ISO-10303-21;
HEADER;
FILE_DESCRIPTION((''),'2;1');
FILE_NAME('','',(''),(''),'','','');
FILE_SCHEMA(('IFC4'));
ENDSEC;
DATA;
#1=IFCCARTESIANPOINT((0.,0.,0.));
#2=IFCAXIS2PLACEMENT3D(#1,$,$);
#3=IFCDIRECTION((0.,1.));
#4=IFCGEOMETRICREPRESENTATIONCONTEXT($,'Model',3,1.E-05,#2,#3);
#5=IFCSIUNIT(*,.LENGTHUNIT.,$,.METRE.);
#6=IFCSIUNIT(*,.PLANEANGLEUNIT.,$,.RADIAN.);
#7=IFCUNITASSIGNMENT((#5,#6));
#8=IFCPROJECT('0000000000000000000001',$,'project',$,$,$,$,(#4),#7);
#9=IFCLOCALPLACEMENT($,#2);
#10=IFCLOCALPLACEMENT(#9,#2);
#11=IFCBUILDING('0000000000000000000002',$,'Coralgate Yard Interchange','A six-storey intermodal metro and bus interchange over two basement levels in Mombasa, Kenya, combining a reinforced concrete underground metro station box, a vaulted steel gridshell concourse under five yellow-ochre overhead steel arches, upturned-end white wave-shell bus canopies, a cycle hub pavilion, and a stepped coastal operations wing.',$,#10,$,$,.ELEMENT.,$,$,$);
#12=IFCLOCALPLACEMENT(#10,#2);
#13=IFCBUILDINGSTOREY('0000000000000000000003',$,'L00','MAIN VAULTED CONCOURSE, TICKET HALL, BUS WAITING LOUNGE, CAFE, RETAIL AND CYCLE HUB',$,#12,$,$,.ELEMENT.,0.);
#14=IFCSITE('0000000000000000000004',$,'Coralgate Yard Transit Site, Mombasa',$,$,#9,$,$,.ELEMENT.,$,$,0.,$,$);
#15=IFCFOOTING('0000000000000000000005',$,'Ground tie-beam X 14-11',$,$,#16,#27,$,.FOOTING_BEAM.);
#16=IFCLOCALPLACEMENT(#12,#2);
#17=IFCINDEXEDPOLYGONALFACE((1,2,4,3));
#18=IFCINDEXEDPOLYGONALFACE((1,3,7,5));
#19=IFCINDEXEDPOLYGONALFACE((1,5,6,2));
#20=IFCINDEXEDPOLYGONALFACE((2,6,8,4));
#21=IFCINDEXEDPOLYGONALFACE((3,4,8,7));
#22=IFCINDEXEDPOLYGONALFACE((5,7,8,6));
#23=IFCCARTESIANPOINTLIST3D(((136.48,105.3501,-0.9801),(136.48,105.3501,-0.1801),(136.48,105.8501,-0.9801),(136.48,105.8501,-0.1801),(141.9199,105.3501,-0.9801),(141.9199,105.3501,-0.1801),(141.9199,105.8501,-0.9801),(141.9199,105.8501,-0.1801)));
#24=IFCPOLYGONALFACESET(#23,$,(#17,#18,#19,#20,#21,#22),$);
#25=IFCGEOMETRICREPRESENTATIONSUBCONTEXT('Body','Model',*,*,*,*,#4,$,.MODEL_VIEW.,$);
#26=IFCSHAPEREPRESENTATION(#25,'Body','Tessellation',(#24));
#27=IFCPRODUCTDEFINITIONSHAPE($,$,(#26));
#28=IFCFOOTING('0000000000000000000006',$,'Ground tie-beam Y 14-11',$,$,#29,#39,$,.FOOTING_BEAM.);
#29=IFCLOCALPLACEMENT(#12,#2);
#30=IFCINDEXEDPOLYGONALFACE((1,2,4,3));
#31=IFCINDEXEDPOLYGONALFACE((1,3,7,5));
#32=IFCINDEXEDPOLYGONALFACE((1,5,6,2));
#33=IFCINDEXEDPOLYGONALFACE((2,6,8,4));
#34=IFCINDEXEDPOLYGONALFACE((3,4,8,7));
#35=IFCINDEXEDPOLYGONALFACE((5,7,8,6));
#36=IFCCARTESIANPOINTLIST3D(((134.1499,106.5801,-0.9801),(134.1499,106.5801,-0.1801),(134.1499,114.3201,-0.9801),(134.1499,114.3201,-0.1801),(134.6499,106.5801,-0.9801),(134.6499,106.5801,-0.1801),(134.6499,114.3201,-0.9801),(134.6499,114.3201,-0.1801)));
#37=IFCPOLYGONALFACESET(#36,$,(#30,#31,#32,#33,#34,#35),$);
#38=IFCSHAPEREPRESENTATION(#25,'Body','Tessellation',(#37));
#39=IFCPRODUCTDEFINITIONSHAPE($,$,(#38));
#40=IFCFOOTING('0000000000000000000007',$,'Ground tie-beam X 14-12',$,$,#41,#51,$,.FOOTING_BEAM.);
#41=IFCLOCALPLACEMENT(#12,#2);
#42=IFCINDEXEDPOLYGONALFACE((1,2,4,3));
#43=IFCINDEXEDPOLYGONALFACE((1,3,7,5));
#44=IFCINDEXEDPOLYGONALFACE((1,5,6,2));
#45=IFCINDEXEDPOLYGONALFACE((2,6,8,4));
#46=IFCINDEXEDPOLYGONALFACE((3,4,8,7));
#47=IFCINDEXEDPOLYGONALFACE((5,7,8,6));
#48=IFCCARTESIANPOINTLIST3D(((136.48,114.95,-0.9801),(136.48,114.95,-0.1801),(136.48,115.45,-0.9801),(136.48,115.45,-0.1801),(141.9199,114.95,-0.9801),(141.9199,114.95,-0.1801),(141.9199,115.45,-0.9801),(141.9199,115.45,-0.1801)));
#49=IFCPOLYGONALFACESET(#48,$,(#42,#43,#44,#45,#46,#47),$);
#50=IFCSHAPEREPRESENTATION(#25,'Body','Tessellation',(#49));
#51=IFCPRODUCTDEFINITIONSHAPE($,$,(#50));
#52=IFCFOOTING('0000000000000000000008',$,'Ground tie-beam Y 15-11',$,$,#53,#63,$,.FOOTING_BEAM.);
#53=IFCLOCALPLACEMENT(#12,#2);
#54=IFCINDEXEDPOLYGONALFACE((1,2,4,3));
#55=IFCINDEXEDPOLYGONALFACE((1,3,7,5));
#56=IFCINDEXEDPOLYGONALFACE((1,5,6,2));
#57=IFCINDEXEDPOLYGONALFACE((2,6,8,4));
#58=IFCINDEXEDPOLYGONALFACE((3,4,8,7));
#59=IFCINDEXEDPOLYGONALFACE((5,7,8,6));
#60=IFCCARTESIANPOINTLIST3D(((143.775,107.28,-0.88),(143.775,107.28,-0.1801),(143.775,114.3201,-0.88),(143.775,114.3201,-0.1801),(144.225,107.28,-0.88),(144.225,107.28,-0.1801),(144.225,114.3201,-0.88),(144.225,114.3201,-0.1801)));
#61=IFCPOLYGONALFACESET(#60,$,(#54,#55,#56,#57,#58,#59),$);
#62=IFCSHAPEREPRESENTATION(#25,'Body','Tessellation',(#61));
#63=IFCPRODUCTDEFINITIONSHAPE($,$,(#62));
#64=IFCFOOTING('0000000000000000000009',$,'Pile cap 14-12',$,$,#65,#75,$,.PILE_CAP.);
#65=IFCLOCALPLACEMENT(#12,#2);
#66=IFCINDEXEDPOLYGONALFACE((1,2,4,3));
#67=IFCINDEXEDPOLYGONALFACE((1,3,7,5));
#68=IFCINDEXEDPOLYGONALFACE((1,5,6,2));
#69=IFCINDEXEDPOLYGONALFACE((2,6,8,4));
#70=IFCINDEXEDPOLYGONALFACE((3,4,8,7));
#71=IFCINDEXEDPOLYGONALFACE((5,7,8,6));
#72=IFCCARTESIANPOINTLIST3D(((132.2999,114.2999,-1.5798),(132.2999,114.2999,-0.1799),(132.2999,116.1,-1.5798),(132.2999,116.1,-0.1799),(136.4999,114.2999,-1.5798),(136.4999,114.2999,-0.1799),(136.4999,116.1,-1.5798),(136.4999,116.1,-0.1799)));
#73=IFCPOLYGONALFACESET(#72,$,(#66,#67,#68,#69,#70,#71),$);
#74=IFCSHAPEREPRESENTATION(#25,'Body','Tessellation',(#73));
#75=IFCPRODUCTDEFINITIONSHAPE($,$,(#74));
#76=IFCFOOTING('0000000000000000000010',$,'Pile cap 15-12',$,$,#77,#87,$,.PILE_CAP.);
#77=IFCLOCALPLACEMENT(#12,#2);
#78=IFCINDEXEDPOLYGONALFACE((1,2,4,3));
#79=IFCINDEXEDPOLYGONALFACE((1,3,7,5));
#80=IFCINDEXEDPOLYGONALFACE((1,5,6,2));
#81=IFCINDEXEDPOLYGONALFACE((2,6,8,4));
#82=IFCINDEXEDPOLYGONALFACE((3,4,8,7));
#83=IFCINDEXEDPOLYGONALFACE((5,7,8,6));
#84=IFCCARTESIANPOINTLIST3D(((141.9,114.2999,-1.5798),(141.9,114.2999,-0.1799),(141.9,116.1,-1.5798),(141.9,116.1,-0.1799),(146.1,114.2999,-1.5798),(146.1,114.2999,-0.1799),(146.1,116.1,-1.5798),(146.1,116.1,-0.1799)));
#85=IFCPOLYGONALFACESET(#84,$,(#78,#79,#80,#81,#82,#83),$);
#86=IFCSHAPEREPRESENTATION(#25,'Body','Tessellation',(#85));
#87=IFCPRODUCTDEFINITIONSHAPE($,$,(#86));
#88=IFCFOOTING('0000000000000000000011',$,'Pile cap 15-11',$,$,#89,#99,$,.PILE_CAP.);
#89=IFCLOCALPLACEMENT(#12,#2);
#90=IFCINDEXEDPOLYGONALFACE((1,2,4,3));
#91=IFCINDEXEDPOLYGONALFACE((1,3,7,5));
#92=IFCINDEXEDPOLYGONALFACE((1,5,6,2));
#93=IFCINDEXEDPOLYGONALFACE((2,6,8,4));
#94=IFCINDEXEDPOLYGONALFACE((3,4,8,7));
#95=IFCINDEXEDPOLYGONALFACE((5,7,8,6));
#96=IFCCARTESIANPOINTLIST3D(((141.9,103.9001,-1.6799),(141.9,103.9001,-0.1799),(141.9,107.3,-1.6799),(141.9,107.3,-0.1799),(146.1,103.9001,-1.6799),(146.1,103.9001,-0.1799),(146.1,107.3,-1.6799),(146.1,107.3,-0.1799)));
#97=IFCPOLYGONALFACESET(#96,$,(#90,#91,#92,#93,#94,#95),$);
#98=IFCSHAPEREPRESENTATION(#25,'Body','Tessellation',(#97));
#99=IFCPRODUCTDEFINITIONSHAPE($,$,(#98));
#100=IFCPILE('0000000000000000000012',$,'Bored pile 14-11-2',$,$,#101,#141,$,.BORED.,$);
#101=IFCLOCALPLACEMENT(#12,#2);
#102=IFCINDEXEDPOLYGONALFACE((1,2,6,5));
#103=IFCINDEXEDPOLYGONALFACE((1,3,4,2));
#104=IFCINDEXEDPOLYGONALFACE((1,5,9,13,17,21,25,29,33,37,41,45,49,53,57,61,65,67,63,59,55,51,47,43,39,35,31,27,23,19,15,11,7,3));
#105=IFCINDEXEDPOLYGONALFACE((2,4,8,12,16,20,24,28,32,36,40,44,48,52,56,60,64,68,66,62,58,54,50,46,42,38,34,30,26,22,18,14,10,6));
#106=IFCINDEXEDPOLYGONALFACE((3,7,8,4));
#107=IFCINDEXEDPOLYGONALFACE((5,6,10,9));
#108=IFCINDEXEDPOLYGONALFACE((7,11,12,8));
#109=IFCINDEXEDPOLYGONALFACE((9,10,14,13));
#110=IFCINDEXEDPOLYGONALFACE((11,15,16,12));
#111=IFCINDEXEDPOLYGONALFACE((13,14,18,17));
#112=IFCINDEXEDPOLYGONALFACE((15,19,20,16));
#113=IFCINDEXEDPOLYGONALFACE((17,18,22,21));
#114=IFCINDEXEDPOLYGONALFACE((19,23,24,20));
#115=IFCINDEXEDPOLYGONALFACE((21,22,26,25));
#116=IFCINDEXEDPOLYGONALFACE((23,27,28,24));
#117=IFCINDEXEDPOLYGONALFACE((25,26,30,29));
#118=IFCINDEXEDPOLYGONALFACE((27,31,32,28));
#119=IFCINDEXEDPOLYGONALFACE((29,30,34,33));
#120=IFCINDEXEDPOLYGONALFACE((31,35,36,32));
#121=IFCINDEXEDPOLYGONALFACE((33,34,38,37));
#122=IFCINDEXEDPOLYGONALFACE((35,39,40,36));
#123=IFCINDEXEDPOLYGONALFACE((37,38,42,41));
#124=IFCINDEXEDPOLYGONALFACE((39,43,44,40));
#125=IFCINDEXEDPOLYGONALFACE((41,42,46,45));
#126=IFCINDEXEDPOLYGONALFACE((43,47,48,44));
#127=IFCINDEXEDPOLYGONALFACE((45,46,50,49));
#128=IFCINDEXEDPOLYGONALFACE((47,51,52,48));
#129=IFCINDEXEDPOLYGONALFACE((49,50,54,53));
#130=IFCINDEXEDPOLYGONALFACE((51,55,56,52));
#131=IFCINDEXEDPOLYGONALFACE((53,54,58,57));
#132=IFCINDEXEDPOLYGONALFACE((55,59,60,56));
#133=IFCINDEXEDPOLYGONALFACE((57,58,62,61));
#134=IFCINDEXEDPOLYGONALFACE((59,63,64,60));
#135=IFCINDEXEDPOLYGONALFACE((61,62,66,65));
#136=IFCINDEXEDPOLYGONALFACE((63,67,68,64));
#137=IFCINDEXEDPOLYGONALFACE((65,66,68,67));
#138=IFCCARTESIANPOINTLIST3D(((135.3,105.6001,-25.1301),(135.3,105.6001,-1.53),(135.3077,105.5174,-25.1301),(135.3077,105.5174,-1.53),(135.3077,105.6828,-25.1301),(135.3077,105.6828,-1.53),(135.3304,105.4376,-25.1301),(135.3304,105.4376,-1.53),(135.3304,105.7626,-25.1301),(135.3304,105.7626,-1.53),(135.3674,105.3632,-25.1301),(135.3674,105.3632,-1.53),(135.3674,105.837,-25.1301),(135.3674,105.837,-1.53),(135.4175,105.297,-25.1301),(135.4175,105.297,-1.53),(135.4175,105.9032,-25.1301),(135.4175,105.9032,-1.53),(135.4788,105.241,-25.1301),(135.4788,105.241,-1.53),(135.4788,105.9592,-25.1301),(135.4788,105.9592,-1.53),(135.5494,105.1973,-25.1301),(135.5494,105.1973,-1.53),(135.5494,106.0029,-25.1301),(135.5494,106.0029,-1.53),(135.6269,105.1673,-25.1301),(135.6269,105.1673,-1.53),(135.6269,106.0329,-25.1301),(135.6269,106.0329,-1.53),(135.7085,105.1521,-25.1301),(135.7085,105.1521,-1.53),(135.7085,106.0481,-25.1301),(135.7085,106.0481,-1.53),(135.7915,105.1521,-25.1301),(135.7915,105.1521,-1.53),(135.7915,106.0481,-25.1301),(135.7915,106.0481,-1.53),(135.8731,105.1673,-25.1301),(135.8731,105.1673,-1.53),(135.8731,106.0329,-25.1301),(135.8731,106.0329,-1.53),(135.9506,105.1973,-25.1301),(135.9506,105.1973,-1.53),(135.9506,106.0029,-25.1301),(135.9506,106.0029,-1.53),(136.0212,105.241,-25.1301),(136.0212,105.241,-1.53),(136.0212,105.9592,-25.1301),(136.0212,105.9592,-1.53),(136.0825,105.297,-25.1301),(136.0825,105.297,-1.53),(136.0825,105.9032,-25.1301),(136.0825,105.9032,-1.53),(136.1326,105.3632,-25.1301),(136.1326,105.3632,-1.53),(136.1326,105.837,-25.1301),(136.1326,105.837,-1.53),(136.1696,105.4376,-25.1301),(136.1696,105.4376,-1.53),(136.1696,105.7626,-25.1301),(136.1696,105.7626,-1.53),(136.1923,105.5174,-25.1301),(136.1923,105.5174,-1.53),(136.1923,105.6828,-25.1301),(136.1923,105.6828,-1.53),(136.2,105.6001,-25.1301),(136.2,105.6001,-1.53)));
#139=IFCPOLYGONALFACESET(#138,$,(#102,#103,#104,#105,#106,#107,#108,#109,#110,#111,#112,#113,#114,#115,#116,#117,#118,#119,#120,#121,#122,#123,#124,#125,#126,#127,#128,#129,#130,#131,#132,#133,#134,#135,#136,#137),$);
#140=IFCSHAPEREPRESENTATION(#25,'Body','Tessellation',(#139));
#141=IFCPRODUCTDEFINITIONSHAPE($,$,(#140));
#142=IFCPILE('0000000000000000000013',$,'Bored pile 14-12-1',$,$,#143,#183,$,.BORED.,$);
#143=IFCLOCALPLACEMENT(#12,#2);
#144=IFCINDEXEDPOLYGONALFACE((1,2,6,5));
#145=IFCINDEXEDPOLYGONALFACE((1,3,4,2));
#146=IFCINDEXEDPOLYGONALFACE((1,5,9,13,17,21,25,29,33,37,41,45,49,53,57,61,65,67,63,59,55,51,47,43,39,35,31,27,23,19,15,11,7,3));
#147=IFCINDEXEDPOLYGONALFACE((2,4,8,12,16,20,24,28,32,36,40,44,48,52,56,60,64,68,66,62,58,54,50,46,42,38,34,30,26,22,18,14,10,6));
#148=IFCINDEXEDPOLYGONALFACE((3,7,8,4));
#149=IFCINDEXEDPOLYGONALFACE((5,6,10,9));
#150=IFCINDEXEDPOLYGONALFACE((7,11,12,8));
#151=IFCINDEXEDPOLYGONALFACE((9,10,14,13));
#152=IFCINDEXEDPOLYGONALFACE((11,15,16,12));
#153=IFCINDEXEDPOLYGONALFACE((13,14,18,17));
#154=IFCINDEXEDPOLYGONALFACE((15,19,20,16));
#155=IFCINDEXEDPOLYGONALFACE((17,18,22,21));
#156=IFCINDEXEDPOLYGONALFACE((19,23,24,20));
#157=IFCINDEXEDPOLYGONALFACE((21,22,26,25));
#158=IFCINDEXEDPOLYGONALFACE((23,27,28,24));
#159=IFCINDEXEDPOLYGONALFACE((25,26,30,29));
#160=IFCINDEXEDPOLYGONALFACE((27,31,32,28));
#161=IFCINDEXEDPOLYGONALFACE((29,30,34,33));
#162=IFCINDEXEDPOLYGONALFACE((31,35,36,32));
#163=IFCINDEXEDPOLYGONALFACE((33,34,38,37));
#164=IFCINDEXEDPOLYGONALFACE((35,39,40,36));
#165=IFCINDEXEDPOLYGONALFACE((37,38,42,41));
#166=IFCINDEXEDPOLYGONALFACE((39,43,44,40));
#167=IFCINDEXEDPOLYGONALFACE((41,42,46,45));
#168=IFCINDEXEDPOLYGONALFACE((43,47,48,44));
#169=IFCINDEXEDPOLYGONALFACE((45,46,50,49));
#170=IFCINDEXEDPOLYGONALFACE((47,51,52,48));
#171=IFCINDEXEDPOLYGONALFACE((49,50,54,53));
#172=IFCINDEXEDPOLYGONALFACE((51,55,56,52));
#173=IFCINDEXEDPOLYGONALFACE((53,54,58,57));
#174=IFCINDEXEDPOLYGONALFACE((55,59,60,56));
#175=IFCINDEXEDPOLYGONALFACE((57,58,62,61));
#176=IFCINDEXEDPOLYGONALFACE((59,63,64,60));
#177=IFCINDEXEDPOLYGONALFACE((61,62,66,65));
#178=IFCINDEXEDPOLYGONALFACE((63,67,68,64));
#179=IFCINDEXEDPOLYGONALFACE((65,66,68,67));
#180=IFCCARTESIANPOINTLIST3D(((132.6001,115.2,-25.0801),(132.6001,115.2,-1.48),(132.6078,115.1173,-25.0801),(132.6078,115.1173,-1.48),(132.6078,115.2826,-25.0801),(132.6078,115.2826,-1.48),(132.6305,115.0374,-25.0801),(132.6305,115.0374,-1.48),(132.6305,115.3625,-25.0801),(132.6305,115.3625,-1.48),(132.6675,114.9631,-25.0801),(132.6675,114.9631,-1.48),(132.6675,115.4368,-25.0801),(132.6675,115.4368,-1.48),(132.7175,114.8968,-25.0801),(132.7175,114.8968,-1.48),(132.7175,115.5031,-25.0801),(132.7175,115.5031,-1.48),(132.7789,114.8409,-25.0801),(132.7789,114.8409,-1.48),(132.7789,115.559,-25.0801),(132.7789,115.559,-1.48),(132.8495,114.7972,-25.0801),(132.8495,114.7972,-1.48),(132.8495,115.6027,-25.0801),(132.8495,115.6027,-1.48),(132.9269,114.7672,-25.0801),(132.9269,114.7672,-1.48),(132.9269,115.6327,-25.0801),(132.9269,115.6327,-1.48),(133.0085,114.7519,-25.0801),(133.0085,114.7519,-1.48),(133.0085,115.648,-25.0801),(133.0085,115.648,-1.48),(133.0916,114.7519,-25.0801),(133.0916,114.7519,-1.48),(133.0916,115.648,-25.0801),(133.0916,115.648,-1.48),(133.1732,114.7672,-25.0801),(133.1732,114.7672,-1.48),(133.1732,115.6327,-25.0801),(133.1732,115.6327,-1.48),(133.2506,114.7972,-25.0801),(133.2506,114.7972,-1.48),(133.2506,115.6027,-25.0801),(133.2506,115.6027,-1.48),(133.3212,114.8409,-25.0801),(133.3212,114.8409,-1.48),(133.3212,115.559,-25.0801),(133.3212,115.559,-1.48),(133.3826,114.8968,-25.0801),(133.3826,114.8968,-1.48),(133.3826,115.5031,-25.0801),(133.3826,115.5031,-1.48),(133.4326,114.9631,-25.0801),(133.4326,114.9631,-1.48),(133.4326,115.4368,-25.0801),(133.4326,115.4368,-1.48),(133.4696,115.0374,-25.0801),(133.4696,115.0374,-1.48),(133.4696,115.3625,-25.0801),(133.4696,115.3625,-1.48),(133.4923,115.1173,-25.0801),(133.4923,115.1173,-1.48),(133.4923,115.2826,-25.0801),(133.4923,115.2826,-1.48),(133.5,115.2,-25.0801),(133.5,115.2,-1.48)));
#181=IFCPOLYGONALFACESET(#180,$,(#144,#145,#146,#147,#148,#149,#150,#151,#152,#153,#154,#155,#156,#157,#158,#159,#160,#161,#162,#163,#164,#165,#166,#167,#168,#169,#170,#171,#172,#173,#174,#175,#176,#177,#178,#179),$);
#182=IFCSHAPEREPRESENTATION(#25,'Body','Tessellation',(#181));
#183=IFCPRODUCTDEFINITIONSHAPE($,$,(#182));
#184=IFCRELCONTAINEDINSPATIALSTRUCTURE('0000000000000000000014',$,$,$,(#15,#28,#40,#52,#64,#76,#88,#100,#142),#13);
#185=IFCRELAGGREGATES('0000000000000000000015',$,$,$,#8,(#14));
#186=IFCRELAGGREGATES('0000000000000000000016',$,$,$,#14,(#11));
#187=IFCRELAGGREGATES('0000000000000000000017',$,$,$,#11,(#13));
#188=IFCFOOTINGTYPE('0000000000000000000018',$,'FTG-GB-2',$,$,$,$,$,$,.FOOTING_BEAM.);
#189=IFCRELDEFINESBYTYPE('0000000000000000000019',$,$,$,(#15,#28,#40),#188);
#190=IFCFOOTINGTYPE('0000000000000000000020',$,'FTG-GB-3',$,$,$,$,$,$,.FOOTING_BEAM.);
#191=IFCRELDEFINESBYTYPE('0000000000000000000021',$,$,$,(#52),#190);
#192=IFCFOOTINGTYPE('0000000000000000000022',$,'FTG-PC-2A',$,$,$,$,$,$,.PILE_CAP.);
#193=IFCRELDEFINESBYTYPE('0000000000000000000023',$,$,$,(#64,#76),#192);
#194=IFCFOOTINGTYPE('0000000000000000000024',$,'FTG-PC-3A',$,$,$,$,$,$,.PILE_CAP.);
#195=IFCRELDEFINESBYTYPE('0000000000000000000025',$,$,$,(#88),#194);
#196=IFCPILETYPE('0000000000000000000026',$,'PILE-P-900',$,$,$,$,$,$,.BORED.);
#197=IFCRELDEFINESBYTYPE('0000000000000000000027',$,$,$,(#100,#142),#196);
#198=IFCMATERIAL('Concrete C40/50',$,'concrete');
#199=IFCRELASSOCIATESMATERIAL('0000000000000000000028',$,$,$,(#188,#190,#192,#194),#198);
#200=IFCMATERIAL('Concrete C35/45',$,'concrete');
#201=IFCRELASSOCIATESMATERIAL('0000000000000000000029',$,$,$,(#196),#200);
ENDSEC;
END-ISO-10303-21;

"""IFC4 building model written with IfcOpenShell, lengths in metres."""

from ifc_helpers import new_model, si_unit, direction, frame, origin, origin_2d, place, context, subcontext, project, spatial, rectangle, circle, extrude, material, material_profile, profile_set, type_object, element, save


model = new_model("IFC4")

# Units and contexts
model_context = context("Model", 3, precision=1e-05, world=origin(), true_north=direction((0.0, 1.0)))
body_context = subcontext(model_context, "Body", "Model", "MODEL_VIEW")
ifc_project = project(units=[si_unit("LENGTHUNIT", "METRE"), si_unit("PLANEANGLEUNIT", "RADIAN")], contexts=[model_context])

# Site, building, storey
site_placement = place(None, origin())
site = spatial("IfcSite", under=ifc_project, at=site_placement, Name="Coralgate Yard Transit Site, Mombasa", CompositionType="ELEMENT", RefElevation=0.0)
building_placement = place(site_placement, origin())
building = spatial("IfcBuilding", under=site, at=building_placement, Name="Coralgate Yard Interchange", Description="A six-storey intermodal metro and bus interchange over two basement levels in Mombasa, Kenya, combining a reinforced concrete underground metro station box, a vaulted steel gridshell concourse under five yellow-ochre overhead steel arches, upturned-end white wave-shell bus canopies, a cycle hub pavilion, and a stepped coastal operations wing.", CompositionType="ELEMENT")
storey_placement = place(building_placement, origin())
storey = spatial("IfcBuildingStorey", under=building, at=storey_placement, Name="L00", Description="MAIN VAULTED CONCOURSE, TICKET HALL, BUS WAITING LOUNGE, CAFE, RETAIL AND CYCLE HUB", CompositionType="ELEMENT", Elevation=0.0)

# Footings
ifc_material_1 = material(Name="Concrete C40/50", Category="concrete")
ifc_material_profile_1 = material_profile(ifc_material_1, rectangle(XDim=0.5, YDim=0.8, at=origin_2d()), Name="RC 500x800")
ifc_profile_set_1 = profile_set([ifc_material_profile_1], Name="Concrete C40/50")
footing_type_1 = type_object("IfcFootingType", Name="FTG-GB-2", PredefinedType="FOOTING_BEAM", material=ifc_profile_set_1)
footing_1_placement = place(storey_placement, frame((136.48, 105.6001, -0.5801), z_axis=(1.0, 0.0, 0.0), x_axis=(0.0, 1.0, 0.0)))
element("IfcFooting", 1, at=footing_1_placement, inside=storey, type_object=footing_type_1, Name="Ground tie-beam X 14-11", PredefinedType="FOOTING_BEAM", context=body_context, shape_type="SweptSolid", body=[
    extrude(rectangle(XDim=0.5, YDim=0.8, at=origin_2d()), origin(), (0.0, 0.0, 1.0), 5.4399),
])
footing_2_placement = place(storey_placement, frame((134.3999, 106.5801, -0.5801), z_axis=(0.0, 1.0, 0.0), x_axis=(-1.0, 0.0, 0.0)))
element("IfcFooting", 2, at=footing_2_placement, inside=storey, type_object=footing_type_1, Name="Ground tie-beam Y 14-11", PredefinedType="FOOTING_BEAM", context=body_context, shape_type="SweptSolid", body=[
    extrude(rectangle(XDim=0.5, YDim=0.8, at=origin_2d()), origin(), (0.0, 0.0, 1.0), 7.74),
])
footing_3_placement = place(storey_placement, frame((136.48, 115.2, -0.5801), z_axis=(1.0, 0.0, 0.0), x_axis=(0.0, 1.0, 0.0)))
element("IfcFooting", 3, at=footing_3_placement, inside=storey, type_object=footing_type_1, Name="Ground tie-beam X 14-12", PredefinedType="FOOTING_BEAM", context=body_context, shape_type="SweptSolid", body=[
    extrude(rectangle(XDim=0.5, YDim=0.8, at=origin_2d()), origin(), (0.0, 0.0, 1.0), 5.4399),
])
ifc_material_profile_2 = material_profile(ifc_material_1, rectangle(XDim=0.45, YDim=0.7, at=origin_2d()), Name="RC 450x700")
ifc_profile_set_2 = profile_set([ifc_material_profile_2], Name="Concrete C40/50")
footing_type_2 = type_object("IfcFootingType", Name="FTG-GB-3", PredefinedType="FOOTING_BEAM", material=ifc_profile_set_2)
footing_4_placement = place(storey_placement, frame((144.0, 107.28, -0.53), z_axis=(0.0, 1.0, 0.0), x_axis=(-1.0, 0.0, 0.0)))
element("IfcFooting", 4, at=footing_4_placement, inside=storey, type_object=footing_type_2, Name="Ground tie-beam Y 15-11", PredefinedType="FOOTING_BEAM", context=body_context, shape_type="SweptSolid", body=[
    extrude(rectangle(XDim=0.45, YDim=0.7, at=origin_2d()), origin(), (0.0, 0.0, 1.0), 7.04),
])
footing_type_3 = type_object("IfcFootingType", Name="FTG-PC-2A", PredefinedType="PILE_CAP", material=ifc_material_1)
for number, where, z_axis, x_axis, name in (
    (5, (134.3999, 115.2, -1.5798), (0.0, 0.0, 1.0), (1.0, 0.0, 0.0), "Pile cap 14-12"),
    (6, (144.0, 115.2, -1.5798), (0.0, 0.0, 1.0), (1.0, 0.0, 0.0), "Pile cap 15-12"),
):
    element("IfcFooting", number, at=place(storey_placement, frame(where, z_axis=z_axis, x_axis=x_axis)), inside=storey, type_object=footing_type_3, Name=name, PredefinedType="PILE_CAP", context=body_context, shape_type="SweptSolid", body=[
        extrude(rectangle(XDim=4.2, YDim=1.8, at=origin_2d()), origin(), (0.0, 0.0, 1.0), 1.3999),
    ])
footing_type_4 = type_object("IfcFootingType", Name="FTG-PC-3A", PredefinedType="PILE_CAP", material=ifc_material_1)
footing_5_placement = place(storey_placement, frame((144.0, 105.6001, -1.6799), z_axis=(0.0, 0.0, 1.0), x_axis=(1.0, 0.0, 0.0)))
element("IfcFooting", 7, at=footing_5_placement, inside=storey, type_object=footing_type_4, Name="Pile cap 15-11", PredefinedType="PILE_CAP", context=body_context, shape_type="SweptSolid", body=[
    extrude(rectangle(XDim=4.2, YDim=3.3999, at=origin_2d()), origin(), (0.0, 0.0, 1.0), 1.5),
])

# Piles
ifc_material_2 = material(Name="Concrete C35/45", Category="concrete")
ifc_material_profile_3 = material_profile(ifc_material_2, circle(Radius=0.45, at=origin_2d()), Name="BORED PILE D900")
ifc_profile_set_3 = profile_set([ifc_material_profile_3], Name="Concrete C35/45")
pile_type = type_object("IfcPileType", Name="PILE-P-900", PredefinedType="BORED", material=ifc_profile_set_3)
for number, where, z_axis, x_axis, name in (
    (8, (135.75, 105.6001, -1.53), (0.0, 0.0, -1.0), (1.0, 0.0, 0.0), "Bored pile 14-11-2"),
    (9, (133.05, 115.2, -1.48), (0.0, 0.0, -1.0), (1.0, 0.0, 0.0), "Bored pile 14-12-1"),
):
    element("IfcPile", number, at=place(storey_placement, frame(where, z_axis=z_axis, x_axis=x_axis)), inside=storey, type_object=pile_type, Name=name, PredefinedType="BORED", context=body_context, shape_type="SweptSolid", body=[
        extrude(circle(Radius=0.45, at=origin_2d()), origin(), (0.0, 0.0, 1.0), 23.6001),
    ])

save(model, "model.ifc")
